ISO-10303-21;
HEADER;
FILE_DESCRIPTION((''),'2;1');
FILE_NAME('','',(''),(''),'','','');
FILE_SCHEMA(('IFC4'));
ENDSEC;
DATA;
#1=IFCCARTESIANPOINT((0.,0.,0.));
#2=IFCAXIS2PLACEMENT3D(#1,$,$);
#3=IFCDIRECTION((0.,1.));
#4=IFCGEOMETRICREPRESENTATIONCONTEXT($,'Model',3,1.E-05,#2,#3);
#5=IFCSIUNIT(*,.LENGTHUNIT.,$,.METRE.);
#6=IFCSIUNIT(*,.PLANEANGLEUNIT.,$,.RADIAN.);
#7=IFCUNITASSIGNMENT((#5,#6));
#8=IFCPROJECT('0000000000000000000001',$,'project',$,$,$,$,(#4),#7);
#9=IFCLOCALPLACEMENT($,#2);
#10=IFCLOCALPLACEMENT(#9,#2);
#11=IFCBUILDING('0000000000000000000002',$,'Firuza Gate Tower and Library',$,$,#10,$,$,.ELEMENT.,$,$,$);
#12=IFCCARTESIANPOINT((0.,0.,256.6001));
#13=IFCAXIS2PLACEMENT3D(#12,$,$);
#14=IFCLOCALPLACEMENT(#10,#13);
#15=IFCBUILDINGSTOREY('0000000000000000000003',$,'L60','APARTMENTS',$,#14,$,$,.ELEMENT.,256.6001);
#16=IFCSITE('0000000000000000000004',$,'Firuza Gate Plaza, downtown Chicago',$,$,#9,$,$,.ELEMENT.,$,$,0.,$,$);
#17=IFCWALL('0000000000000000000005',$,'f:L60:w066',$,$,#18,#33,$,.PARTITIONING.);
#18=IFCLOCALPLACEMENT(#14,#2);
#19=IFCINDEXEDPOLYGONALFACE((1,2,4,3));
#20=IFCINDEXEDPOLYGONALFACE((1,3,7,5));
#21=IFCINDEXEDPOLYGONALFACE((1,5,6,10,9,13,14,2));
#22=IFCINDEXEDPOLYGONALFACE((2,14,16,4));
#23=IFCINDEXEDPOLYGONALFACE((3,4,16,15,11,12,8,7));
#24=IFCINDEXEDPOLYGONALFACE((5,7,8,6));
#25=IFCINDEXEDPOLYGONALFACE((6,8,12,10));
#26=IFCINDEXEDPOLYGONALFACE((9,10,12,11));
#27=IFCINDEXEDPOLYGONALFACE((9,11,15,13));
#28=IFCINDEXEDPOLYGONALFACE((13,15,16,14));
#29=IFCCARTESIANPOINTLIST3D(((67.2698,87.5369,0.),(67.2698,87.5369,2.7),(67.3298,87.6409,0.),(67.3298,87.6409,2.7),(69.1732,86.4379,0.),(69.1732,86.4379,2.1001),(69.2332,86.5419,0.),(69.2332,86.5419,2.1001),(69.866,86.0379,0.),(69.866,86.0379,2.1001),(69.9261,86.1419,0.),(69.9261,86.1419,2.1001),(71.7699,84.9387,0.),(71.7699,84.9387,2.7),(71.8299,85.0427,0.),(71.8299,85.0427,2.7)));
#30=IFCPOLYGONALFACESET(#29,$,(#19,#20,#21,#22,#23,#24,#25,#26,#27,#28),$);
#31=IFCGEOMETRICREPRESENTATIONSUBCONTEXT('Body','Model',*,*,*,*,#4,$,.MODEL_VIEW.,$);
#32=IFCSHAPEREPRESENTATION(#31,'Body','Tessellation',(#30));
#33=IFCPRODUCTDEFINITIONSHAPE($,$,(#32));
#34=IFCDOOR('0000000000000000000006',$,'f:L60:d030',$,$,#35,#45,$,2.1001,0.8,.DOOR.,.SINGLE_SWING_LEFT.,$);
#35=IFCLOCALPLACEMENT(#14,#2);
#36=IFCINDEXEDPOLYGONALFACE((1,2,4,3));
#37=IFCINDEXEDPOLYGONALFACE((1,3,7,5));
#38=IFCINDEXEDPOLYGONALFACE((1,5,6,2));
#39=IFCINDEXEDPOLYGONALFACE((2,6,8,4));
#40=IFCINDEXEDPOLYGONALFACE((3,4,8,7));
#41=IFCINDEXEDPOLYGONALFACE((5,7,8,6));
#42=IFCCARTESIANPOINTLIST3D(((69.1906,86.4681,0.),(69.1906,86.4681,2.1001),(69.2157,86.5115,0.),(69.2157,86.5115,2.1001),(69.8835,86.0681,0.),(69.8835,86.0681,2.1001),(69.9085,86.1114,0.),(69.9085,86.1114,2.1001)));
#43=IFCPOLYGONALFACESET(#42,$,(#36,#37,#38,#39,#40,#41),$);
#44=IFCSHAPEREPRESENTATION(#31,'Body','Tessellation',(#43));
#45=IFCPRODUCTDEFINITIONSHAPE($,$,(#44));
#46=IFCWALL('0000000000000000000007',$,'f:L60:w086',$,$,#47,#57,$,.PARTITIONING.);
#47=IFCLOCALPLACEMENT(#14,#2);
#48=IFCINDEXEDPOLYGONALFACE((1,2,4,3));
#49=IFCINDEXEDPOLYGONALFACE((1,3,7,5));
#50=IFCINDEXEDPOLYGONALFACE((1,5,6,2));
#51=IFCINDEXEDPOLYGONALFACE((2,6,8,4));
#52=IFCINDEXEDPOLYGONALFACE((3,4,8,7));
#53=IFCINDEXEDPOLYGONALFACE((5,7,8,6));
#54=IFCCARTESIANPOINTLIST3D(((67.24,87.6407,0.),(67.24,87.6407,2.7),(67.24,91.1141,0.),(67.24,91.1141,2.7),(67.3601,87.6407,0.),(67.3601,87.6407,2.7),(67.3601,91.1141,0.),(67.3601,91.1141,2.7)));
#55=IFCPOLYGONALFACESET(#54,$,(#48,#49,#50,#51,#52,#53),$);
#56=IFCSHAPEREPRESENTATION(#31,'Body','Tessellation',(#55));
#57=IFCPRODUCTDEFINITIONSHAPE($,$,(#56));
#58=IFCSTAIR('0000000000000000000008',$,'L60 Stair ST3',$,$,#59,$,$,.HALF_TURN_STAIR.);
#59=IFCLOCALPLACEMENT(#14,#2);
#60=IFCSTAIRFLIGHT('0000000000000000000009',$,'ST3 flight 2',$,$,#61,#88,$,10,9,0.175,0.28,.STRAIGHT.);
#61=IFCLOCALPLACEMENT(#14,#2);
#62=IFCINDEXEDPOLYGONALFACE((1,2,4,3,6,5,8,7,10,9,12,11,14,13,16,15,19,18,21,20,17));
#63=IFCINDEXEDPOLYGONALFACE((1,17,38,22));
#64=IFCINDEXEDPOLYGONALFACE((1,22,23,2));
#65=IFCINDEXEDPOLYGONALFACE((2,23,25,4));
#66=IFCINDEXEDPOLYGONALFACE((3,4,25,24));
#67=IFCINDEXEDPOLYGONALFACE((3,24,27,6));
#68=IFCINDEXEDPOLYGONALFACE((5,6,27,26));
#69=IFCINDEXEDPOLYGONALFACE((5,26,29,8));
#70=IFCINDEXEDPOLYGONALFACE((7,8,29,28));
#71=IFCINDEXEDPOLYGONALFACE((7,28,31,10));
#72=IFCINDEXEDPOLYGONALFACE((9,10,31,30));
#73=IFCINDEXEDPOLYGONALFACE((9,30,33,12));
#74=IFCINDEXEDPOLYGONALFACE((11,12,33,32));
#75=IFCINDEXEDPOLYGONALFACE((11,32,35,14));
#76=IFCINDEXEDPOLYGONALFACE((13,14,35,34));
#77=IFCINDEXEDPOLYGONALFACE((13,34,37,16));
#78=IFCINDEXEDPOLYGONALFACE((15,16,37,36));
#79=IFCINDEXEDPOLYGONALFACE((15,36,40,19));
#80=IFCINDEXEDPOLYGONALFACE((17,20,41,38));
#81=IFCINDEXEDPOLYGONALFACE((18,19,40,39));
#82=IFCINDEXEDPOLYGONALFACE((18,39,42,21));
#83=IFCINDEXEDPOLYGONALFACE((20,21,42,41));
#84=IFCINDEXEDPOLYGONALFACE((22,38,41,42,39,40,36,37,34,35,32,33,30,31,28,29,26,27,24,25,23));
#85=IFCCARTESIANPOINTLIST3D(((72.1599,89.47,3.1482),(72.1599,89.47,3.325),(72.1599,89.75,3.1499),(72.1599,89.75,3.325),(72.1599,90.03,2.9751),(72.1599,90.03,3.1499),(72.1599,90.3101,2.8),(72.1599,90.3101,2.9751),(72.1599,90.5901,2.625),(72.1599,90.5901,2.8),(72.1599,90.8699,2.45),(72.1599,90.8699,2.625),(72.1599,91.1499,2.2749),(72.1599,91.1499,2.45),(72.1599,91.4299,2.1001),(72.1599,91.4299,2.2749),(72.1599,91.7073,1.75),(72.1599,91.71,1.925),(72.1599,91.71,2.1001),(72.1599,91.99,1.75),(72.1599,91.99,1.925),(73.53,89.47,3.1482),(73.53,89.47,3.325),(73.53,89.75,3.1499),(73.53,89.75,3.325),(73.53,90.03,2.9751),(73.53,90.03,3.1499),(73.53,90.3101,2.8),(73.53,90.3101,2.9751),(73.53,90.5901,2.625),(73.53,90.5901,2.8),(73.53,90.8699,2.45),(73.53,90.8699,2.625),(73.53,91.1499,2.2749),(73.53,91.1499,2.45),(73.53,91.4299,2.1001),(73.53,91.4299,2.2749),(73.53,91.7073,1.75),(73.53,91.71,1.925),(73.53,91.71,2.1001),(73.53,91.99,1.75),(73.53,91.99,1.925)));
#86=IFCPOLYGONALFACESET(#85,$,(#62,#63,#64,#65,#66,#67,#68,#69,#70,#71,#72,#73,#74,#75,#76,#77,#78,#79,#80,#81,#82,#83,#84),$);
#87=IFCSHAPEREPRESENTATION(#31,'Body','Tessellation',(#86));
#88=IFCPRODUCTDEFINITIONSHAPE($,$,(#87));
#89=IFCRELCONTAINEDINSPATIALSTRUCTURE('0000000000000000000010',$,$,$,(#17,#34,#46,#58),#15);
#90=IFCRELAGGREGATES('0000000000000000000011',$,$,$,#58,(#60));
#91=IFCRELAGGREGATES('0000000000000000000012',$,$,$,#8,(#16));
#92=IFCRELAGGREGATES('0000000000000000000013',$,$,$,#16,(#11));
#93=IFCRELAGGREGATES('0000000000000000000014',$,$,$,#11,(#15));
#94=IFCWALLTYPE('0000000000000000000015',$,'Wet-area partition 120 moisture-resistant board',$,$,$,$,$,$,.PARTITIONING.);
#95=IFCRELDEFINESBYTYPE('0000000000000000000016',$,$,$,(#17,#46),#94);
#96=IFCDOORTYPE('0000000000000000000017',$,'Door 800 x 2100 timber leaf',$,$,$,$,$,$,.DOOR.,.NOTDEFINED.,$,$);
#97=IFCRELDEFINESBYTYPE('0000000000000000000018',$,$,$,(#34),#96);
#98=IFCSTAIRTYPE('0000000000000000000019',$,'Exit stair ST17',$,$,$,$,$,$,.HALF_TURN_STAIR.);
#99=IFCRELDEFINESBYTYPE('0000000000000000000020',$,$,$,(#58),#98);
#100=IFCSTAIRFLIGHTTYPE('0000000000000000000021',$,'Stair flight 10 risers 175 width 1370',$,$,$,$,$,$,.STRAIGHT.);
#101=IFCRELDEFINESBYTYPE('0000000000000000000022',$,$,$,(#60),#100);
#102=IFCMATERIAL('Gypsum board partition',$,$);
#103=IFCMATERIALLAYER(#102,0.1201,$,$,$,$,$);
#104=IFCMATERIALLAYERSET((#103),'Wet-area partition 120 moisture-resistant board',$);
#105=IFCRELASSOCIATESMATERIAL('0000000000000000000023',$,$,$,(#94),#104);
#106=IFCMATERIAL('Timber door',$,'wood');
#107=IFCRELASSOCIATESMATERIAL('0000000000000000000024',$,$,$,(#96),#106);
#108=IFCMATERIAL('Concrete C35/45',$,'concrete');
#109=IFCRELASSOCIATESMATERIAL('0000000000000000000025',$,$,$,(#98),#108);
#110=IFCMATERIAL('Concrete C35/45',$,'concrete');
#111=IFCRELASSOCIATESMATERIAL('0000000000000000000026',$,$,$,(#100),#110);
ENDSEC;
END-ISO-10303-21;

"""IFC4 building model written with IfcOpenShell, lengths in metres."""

from ifc_helpers import new_model, si_unit, direction, frame, frame_2d, origin, place, context, subcontext, project, spatial, polyline, rectangle, outline, extrude, material, layer, layer_set, type_object, element, fill, aggregate, save


model = new_model("IFC4")

# Units and contexts
model_context = context("Model", 3, precision=1e-05, world=origin(), true_north=direction((0.0, 1.0)))
body_context = subcontext(model_context, "Body", "Model", "MODEL_VIEW")
ifc_project = project(units=[si_unit("LENGTHUNIT", "METRE"), si_unit("PLANEANGLEUNIT", "RADIAN")], contexts=[model_context])

# Site, building, storey
site_placement = place(None, origin())
site = spatial("IfcSite", under=ifc_project, at=site_placement, Name="Firuza Gate Plaza, downtown Chicago", CompositionType="ELEMENT", RefElevation=0.0)
building_placement = place(site_placement, origin())
building = spatial("IfcBuilding", under=site, at=building_placement, Name="Firuza Gate Tower and Library", CompositionType="ELEMENT")
storey_placement = place(building_placement, frame((0.0, 0.0, 256.6001)))
storey = spatial("IfcBuildingStorey", under=building, at=storey_placement, Name="L60", Description="APARTMENTS", CompositionType="ELEMENT", Elevation=256.6001)

# Shared definitions
placement = place(storey_placement, origin())

# Shared definitions
ifc_material_1 = material(Name="Gypsum board partition")
ifc_layer_1 = layer(ifc_material_1, 0.1201)
ifc_layer_set_1 = layer_set([ifc_layer_1], Name="Wet-area partition 120 moisture-resistant board")
wall_type_1 = type_object("IfcWallType", Name="Wet-area partition 120 moisture-resistant board", PredefinedType="PARTITIONING", material=ifc_layer_set_1)
ifc_material_2 = material(Name="Timber door", Category="wood")
door_type_1 = type_object("IfcDoorType", Name="Door 800 x 2100 timber leaf", OperationType="NOTDEFINED", PredefinedType="DOOR", material=ifc_material_2)

# Wall, opening, door
wall_1_placement = place(storey_placement, frame((67.2998, 87.5889, 0.0), z_axis=(0.0, 0.0, 1.0), x_axis=(0.86602, -0.50001, 0.0)))
wall_1 = element("IfcWall", 1, at=wall_1_placement, inside=storey, type_object=wall_type_1, Name="f:L60:w066", PredefinedType="PARTITIONING", context=body_context, shape_type="SweptSolid", body=[
    extrude(rectangle(XDim=5.1963, YDim=0.1201, at=frame_2d((2.5981, 0.0))), origin(), (0.0, 0.0, 1.0), 2.7),
])
opening_1_placement = place(wall_1_placement, frame((2.198, 0.0, 0.0)))
opening_1 = element("IfcOpeningElement", 2, at=opening_1_placement, cuts=wall_1, PredefinedType="OPENING", context=body_context, shape_type="SweptSolid", body=[
    extrude(rectangle(XDim=0.8, YDim=2.1001, at=frame_2d((0.3999, 1.05))), frame((0.0, 0.0701, 0.0), z_axis=(0.0, -1.0, 0.0), x_axis=(1.0, 0.0, 0.0)), (0.0, 0.0, 1.0), 0.1401),
])
door_1_placement = place(opening_1_placement, origin())
door_1 = element("IfcDoor", 3, at=door_1_placement, inside=storey, type_object=door_type_1, Name="f:L60:d030", OperationType="SINGLE_SWING_LEFT", OverallHeight=2.1001, OverallWidth=0.8, PredefinedType="DOOR", context=body_context, shape_type="SweptSolid", body=[
    extrude(rectangle(XDim=0.8, YDim=2.1001, at=frame_2d((0.3999, 1.05))), frame((0.0, 0.0249, 0.0), z_axis=(0.0, -1.0, 0.0), x_axis=(1.0, 0.0, 0.0)), (0.0, 0.0, 1.0), 0.05),
])
fill(opening_1, door_1)

# Wall
wall_2_placement = place(storey_placement, frame((67.3, 87.6406, 0.0), z_axis=(0.0, 0.0, 1.0), x_axis=(0.0, 1.0, 0.0)))
element("IfcWall", 4, at=wall_2_placement, inside=storey, type_object=wall_type_1, Name="f:L60:w086", PredefinedType="PARTITIONING", context=body_context, shape_type="SweptSolid", body=[
    extrude(rectangle(XDim=3.4734, YDim=0.1201, at=frame_2d((1.7368, 0.0))), origin(), (0.0, 0.0, 1.0), 2.7),
])

# Stair, stair flight
ifc_material_3 = material(Name="Concrete C35/45", Category="concrete")
stair_type = type_object("IfcStairType", Name="Exit stair ST17", PredefinedType="HALF_TURN_STAIR", material=ifc_material_3)
stair = element("IfcStair", 5, at=placement, inside=storey, type_object=stair_type, Name="L60 Stair ST3", PredefinedType="HALF_TURN_STAIR")
ifc_material_4 = material(Name="Concrete C35/45", Category="concrete")
stair_flight_type = type_object("IfcStairFlightType", Name="Stair flight 10 risers 175 width 1370", PredefinedType="STRAIGHT", material=ifc_material_4)
stair_flight_placement = place(storey_placement, frame((72.845, 91.99, 1.75), z_axis=(0.0, 0.0, 1.0), x_axis=(0.0, -1.0, 0.0)))
stair_flight = element("IfcStairFlight", 6, at=stair_flight_placement, type_object=stair_flight_type, Name="ST3 flight 2", NumberOfRisers=10, NumberOfTreads=9, PredefinedType="STRAIGHT", RiserHeight=0.175, TreadLength=0.28, context=body_context, shape_type="SweptSolid", body=[
    extrude(outline(polyline([(0.0, 0.0), (0.0, 0.175), (0.28, 0.175), (0.28, 0.3501), (0.5601, 0.3501), (0.5601, 0.5249), (0.8401, 0.5249), (0.8401, 0.7), (1.1201, 0.7), (1.1201, 0.875), (1.3999, 0.875), (1.3999, 1.05), (1.6799, 1.05), (1.6799, 1.2251), (1.96, 1.2251), (1.96, 1.3999), (2.24, 1.3999), (2.24, 1.575), (2.52, 1.575), (2.52, 1.75), (2.52, 1.3982), (0.2827, 0.0), (0.0, 0.0)])), frame((0.0, 0.6851, 0.0), z_axis=(0.0, -1.0, 0.0), x_axis=(1.0, 0.0, 0.0)), (0.0, 0.0, 1.0), 1.3701),
])
aggregate(stair, [stair_flight])

save(model, "model.ifc")
